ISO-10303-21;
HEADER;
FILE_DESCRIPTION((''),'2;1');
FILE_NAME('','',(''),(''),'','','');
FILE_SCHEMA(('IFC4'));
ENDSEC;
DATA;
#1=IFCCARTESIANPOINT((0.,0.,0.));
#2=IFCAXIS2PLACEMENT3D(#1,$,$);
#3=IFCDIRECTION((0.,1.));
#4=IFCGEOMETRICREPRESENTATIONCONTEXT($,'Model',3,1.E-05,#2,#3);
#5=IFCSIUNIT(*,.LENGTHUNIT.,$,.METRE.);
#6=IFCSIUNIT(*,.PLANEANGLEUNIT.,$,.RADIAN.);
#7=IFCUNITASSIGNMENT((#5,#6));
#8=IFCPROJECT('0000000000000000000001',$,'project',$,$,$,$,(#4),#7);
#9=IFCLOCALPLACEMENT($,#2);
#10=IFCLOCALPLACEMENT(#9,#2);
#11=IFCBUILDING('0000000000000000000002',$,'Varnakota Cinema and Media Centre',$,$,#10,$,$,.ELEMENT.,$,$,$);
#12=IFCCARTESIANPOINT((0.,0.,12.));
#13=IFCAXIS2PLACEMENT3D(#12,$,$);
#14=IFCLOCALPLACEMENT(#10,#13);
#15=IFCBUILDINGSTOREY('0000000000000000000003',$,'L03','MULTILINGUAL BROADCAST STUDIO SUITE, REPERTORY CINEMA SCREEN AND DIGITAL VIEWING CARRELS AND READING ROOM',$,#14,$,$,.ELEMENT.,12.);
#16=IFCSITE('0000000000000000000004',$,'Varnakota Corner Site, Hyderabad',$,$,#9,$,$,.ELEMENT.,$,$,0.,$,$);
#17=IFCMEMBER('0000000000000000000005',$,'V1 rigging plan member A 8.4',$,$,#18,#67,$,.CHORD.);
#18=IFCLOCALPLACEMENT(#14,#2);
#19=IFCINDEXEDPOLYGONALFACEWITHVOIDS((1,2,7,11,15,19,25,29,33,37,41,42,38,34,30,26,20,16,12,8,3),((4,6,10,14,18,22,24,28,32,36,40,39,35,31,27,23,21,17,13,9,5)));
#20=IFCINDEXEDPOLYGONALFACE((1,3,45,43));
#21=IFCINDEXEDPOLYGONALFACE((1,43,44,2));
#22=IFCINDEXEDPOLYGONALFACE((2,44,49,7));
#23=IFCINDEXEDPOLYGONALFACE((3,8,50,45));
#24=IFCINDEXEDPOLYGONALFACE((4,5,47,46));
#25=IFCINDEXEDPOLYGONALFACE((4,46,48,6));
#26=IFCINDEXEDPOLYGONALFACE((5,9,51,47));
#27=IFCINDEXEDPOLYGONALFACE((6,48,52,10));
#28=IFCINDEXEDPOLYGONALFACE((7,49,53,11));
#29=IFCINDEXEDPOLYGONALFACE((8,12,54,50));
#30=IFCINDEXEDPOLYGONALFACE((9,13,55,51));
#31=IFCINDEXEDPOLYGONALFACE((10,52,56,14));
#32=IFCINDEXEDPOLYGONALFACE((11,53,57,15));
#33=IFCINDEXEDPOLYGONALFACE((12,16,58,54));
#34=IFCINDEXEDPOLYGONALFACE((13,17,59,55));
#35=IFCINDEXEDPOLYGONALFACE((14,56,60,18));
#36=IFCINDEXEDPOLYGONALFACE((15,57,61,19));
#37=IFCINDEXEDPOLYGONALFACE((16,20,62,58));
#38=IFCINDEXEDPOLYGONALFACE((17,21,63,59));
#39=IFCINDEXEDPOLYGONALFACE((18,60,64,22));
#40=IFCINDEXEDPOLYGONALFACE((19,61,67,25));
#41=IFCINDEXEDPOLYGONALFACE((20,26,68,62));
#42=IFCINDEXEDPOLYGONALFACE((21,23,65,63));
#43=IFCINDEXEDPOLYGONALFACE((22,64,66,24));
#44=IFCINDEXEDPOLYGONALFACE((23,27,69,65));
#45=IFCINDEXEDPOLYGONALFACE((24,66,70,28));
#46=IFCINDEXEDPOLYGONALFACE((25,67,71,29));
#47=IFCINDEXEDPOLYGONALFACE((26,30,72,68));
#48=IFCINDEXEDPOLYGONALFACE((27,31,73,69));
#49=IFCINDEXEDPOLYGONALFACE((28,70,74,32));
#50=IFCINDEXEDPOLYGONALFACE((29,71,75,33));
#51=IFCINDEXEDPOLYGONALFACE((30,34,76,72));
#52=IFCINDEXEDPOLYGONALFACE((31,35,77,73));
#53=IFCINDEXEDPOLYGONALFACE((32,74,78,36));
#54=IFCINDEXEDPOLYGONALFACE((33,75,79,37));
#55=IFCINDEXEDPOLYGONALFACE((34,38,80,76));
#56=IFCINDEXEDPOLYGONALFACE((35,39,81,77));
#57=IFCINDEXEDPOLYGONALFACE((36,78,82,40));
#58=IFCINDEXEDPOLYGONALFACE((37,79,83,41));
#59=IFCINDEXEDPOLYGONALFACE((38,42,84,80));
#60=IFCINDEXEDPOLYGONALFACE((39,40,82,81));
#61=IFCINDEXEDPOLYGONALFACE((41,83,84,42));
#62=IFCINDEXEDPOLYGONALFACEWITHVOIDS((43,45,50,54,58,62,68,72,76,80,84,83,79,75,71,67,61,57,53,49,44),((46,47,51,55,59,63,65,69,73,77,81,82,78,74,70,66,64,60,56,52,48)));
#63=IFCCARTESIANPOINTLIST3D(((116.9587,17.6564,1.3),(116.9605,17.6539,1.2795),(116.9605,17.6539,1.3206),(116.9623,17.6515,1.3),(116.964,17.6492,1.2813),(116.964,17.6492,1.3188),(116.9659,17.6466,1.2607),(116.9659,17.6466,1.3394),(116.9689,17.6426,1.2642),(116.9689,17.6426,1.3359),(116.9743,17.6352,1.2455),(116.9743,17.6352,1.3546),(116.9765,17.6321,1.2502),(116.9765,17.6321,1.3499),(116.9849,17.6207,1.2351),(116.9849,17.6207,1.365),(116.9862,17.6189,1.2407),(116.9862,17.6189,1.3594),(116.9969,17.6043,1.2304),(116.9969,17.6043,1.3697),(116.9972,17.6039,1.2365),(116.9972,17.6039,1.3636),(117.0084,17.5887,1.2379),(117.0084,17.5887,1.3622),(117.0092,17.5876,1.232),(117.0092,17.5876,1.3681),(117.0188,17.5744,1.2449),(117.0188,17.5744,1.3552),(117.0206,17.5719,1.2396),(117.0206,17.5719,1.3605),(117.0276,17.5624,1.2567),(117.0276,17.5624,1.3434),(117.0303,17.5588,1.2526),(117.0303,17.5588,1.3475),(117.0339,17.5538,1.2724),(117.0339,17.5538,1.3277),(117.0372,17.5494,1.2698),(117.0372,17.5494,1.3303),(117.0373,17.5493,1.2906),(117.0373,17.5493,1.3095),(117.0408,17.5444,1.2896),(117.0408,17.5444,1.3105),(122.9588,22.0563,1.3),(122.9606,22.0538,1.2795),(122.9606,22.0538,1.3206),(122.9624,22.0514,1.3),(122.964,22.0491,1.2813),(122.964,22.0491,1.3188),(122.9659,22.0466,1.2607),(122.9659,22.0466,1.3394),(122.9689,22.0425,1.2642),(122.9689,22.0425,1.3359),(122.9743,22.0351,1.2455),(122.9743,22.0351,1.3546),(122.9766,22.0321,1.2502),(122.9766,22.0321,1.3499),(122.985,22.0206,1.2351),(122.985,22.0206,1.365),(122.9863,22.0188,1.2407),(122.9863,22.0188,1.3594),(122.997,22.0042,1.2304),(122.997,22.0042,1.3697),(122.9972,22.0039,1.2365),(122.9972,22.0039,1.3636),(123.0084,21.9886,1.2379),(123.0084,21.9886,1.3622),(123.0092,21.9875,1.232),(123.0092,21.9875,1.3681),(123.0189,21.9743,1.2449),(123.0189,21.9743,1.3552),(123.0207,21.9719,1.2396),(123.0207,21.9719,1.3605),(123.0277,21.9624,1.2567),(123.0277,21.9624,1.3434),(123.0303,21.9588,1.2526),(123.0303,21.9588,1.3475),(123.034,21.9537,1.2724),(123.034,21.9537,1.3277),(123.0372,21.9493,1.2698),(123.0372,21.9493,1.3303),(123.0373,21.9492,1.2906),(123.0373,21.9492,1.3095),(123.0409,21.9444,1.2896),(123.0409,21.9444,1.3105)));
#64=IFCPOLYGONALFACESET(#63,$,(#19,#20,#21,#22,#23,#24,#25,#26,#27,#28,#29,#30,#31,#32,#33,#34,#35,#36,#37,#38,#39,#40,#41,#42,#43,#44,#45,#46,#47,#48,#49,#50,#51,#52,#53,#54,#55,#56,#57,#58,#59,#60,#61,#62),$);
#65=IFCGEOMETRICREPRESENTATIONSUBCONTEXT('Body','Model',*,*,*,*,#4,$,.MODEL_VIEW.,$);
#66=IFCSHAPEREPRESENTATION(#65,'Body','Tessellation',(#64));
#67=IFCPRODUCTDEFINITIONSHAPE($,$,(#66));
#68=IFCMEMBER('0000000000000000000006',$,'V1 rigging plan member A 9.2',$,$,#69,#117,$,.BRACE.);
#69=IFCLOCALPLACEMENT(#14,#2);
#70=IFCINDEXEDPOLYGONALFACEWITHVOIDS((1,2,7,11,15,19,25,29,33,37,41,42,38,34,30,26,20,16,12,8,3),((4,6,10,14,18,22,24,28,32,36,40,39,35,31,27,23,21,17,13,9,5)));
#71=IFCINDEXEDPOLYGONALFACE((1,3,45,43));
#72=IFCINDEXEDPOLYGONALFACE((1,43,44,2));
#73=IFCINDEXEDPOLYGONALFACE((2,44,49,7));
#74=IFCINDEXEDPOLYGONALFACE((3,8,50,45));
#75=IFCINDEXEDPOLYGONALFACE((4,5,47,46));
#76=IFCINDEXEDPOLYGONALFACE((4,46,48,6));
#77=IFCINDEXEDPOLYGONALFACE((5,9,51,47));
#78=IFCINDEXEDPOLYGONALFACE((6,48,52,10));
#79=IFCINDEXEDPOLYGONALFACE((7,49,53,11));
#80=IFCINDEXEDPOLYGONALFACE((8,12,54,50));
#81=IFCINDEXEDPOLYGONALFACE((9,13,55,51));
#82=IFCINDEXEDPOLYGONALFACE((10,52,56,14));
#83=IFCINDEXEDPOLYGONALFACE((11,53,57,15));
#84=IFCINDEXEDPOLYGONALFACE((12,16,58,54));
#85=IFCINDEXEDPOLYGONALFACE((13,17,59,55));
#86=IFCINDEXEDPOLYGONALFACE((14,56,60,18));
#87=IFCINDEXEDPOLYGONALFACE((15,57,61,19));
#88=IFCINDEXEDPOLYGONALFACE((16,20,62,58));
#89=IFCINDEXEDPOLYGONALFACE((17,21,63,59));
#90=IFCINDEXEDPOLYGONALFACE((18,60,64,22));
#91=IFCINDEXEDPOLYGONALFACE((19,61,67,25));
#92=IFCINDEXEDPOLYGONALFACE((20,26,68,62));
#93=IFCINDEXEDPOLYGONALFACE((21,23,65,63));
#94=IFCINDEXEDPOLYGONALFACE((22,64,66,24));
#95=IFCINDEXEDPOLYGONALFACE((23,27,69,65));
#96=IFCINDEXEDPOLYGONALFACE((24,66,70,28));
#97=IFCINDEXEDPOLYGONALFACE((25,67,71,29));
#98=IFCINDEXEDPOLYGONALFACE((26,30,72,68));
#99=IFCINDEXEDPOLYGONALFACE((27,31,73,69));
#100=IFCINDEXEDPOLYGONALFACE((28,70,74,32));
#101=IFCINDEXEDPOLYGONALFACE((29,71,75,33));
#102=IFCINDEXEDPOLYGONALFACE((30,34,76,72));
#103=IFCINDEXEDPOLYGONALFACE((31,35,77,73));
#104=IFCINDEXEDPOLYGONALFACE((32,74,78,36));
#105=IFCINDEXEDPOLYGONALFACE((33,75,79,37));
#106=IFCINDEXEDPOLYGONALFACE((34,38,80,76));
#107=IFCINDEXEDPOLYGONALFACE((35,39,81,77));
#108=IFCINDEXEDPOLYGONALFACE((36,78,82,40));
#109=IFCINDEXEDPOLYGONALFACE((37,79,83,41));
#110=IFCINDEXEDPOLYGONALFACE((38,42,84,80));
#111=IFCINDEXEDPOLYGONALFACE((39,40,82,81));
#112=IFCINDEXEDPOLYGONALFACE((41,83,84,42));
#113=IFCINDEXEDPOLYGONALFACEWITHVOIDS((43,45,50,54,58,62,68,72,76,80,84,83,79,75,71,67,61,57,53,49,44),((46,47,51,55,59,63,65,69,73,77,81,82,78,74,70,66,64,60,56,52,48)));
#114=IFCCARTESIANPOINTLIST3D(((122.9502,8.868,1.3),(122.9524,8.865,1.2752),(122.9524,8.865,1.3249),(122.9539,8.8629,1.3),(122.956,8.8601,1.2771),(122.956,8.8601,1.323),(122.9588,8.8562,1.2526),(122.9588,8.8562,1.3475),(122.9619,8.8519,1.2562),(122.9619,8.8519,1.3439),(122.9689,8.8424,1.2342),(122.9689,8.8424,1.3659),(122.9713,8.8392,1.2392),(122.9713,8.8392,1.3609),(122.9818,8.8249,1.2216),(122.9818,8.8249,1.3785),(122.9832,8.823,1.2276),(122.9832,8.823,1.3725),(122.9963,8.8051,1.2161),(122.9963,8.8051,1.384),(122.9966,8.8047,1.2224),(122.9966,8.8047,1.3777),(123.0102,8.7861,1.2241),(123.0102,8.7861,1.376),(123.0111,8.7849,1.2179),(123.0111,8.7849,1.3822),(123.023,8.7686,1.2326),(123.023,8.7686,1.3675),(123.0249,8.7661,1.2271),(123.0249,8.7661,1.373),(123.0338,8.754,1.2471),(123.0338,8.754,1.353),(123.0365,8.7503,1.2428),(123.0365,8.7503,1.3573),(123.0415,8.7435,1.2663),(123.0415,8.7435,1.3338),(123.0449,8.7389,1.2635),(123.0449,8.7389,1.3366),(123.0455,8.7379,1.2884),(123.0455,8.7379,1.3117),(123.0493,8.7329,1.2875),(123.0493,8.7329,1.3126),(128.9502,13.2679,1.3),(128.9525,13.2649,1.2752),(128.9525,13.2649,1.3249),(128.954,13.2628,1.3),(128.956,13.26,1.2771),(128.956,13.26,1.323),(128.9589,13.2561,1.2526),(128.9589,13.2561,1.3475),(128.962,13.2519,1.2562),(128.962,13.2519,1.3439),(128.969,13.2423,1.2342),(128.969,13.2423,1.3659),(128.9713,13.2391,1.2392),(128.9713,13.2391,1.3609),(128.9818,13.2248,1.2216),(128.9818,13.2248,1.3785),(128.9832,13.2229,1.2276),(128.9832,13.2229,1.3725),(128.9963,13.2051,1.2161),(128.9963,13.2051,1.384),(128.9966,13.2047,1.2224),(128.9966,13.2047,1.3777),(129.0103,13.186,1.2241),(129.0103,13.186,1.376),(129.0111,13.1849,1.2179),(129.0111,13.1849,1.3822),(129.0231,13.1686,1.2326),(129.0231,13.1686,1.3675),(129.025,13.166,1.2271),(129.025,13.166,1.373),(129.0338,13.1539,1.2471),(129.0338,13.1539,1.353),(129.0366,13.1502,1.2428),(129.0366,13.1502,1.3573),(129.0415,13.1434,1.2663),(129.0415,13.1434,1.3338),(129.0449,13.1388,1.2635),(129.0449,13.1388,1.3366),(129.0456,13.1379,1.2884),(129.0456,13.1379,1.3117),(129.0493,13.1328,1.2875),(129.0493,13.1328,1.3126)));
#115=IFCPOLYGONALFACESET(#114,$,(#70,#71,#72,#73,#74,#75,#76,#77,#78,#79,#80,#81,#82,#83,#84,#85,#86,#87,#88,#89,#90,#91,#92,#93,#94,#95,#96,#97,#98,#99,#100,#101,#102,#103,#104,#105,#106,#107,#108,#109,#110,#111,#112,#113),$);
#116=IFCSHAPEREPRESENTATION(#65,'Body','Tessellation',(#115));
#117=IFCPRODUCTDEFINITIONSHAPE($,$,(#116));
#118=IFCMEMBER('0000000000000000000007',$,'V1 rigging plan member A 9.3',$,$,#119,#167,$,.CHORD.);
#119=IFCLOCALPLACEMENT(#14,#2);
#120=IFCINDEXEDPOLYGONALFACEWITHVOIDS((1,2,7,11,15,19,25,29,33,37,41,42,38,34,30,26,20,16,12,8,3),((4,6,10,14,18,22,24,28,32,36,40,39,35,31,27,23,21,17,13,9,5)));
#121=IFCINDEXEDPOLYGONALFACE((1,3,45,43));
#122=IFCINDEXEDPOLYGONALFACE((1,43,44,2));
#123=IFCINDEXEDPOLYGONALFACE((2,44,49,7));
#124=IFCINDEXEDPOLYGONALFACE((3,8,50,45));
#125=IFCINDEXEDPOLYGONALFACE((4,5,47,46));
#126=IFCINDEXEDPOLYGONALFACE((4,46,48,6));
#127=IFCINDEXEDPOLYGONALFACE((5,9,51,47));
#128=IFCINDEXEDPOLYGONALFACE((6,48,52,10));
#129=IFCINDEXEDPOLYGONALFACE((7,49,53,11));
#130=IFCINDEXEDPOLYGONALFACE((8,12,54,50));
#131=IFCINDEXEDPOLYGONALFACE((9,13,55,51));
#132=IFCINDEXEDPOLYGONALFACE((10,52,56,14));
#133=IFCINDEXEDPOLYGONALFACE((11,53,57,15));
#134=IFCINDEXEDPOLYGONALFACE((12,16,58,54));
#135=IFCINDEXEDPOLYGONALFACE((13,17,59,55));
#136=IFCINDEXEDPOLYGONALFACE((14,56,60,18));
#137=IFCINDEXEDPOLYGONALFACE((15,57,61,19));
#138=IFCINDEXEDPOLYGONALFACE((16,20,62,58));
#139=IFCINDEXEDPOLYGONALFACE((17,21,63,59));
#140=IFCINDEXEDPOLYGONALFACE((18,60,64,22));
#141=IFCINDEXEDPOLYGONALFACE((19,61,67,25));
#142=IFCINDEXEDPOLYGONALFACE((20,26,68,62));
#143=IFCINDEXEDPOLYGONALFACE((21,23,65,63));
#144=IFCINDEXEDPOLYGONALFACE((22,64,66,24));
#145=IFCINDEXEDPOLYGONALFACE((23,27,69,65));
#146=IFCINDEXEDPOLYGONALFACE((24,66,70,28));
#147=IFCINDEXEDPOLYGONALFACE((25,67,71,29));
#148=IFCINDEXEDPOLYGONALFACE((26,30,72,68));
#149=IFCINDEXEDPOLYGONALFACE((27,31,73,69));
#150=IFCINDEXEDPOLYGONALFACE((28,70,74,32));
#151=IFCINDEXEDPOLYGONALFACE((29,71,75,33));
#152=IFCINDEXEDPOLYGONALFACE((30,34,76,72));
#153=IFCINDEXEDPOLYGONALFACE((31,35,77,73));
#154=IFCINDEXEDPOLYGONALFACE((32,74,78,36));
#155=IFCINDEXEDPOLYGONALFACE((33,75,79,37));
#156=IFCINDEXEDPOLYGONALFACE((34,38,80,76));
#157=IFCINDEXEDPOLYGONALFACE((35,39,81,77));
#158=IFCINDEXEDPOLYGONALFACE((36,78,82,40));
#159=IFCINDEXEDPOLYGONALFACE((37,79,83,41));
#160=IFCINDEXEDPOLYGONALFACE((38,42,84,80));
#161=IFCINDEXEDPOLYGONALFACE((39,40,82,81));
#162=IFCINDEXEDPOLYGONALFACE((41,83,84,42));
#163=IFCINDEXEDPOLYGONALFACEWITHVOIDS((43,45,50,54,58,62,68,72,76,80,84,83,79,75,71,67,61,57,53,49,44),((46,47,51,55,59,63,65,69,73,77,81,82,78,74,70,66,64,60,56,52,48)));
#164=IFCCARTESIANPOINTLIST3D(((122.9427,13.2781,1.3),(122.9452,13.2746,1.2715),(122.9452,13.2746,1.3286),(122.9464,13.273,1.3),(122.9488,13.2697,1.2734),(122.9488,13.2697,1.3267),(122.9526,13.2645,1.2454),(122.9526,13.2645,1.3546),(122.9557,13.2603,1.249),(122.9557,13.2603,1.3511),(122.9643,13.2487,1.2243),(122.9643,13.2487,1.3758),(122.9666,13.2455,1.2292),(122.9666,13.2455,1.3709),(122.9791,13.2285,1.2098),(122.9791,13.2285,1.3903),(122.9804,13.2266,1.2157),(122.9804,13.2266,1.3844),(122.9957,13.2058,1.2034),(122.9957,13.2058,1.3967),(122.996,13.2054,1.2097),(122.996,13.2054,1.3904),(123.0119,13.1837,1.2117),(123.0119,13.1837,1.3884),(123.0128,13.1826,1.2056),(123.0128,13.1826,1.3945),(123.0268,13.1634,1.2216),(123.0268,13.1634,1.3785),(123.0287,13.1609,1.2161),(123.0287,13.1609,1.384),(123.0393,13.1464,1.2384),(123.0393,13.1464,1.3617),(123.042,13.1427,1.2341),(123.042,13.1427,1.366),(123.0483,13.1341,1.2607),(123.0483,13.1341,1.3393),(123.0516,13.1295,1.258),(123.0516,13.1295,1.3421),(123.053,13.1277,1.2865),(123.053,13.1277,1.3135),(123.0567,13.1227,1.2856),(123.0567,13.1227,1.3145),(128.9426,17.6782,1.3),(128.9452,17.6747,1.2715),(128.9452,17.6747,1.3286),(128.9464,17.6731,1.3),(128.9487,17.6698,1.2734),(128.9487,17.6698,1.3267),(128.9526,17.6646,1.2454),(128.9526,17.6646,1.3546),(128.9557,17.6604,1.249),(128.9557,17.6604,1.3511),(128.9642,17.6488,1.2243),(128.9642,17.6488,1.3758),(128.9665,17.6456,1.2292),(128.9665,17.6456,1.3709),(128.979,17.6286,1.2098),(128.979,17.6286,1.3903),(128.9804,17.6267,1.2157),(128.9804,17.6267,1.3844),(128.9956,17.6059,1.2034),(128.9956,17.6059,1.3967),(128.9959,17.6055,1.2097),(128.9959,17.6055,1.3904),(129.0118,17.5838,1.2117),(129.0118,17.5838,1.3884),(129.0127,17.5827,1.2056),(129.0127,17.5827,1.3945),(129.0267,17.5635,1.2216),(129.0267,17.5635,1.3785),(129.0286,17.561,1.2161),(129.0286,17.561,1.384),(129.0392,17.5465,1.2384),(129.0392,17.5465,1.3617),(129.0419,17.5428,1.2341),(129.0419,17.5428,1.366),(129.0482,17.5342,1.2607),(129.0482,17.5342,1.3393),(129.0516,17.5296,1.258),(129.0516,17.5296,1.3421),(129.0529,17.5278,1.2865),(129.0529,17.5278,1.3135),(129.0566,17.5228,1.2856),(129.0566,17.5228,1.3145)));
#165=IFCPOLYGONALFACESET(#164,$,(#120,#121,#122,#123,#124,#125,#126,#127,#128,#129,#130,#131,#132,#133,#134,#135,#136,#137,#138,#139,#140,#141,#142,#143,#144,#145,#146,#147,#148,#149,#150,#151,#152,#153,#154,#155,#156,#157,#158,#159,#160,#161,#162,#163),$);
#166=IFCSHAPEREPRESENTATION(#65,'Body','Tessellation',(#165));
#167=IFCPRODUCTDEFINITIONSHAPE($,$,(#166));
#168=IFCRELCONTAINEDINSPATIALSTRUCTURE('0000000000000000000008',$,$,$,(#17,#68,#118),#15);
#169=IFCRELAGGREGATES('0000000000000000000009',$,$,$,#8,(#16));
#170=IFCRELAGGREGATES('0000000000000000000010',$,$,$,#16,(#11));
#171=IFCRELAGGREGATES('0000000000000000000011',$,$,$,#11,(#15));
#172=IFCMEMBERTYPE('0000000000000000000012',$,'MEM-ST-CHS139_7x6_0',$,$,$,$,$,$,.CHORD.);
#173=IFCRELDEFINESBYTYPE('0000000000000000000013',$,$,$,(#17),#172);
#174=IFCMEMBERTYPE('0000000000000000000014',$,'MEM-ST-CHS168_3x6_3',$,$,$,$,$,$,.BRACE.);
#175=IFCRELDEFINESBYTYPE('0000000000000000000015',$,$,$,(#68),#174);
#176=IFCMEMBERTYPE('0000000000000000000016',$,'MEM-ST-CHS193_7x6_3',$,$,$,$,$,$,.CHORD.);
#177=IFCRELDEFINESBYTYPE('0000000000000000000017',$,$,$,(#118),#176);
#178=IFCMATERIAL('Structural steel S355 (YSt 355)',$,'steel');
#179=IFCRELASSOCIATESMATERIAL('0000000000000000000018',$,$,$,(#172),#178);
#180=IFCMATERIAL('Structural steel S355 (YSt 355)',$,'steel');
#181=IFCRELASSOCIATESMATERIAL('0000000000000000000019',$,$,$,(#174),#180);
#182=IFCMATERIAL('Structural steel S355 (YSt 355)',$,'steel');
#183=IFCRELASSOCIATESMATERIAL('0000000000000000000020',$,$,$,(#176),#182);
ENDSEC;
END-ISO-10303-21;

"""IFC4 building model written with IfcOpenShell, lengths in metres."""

from ifc_helpers import new_model, si_unit, direction, frame, origin, origin_2d, place, context, subcontext, project, spatial, hollow_circle, extrude, material, material_profile, profile_set, type_object, element, save


model = new_model("IFC4")

# Units and contexts
model_context = context("Model", 3, precision=1e-05, world=origin(), true_north=direction((0.0, 1.0)))
body_context = subcontext(model_context, "Body", "Model", "MODEL_VIEW")
ifc_project = project(units=[si_unit("LENGTHUNIT", "METRE"), si_unit("PLANEANGLEUNIT", "RADIAN")], contexts=[model_context])

# Site, building, storey
site_placement = place(None, origin())
site = spatial("IfcSite", under=ifc_project, at=site_placement, Name="Varnakota Corner Site, Hyderabad", CompositionType="ELEMENT", RefElevation=0.0)
building_placement = place(site_placement, origin())
building = spatial("IfcBuilding", under=site, at=building_placement, Name="Varnakota Cinema and Media Centre", CompositionType="ELEMENT")
storey_placement = place(building_placement, frame((0.0, 0.0, 12.0)))
storey = spatial("IfcBuildingStorey", under=building, at=storey_placement, Name="L03", Description="MULTILINGUAL BROADCAST STUDIO SUITE, REPERTORY CINEMA SCREEN AND DIGITAL VIEWING CARRELS AND READING ROOM", CompositionType="ELEMENT", Elevation=12.0)

# Members
ifc_material_1 = material(Name="Structural steel S355 (YSt 355)", Category="steel")
ifc_material_profile_1 = material_profile(ifc_material_1, hollow_circle(Radius=0.0698, WallThickness=0.0061, at=origin_2d()), Name="CHS 139.7x6.0")
ifc_profile_set_1 = profile_set([ifc_material_profile_1], Name="Structural steel S355 (YSt 355)")
member_type_1 = type_object("IfcMemberType", Name="MEM-ST-CHS139_7x6_0", PredefinedType="CHORD", material=ifc_profile_set_1)
member_1_placement = place(storey_placement, frame((117.0, 17.6001, 1.3), z_axis=(0.806411, 0.591355, 0.0), x_axis=(-0.591355, 0.806411, 0.0)))
element("IfcMember", 1, at=member_1_placement, inside=storey, type_object=member_type_1, Name="V1 rigging plan member A 8.4", PredefinedType="CHORD", context=body_context, shape_type="SweptSolid", body=[
    extrude(hollow_circle(Radius=0.0698, WallThickness=0.0061, at=origin_2d()), origin(), (0.0, 0.0, 1.0), 7.4404),
])
ifc_material_2 = material(Name="Structural steel S355 (YSt 355)", Category="steel")
ifc_material_profile_2 = material_profile(ifc_material_2, hollow_circle(Radius=0.0842, WallThickness=0.0063, at=origin_2d()), Name="CHS 168.3x6.3")
ifc_profile_set_2 = profile_set([ifc_material_profile_2], Name="Structural steel S355 (YSt 355)")
member_type_2 = type_object("IfcMemberType", Name="MEM-ST-CHS168_3x6_3", PredefinedType="BRACE", material=ifc_profile_set_2)
member_2_placement = place(storey_placement, frame((123.0, 8.8, 1.3), z_axis=(0.806411, 0.591355, 0.0), x_axis=(-0.591355, 0.806411, 0.0)))
element("IfcMember", 2, at=member_2_placement, inside=storey, type_object=member_type_2, Name="V1 rigging plan member A 9.2", PredefinedType="BRACE", context=body_context, shape_type="SweptSolid", body=[
    extrude(hollow_circle(Radius=0.0842, WallThickness=0.0063, at=origin_2d()), origin(), (0.0, 0.0, 1.0), 7.4404),
])
ifc_material_3 = material(Name="Structural steel S355 (YSt 355)", Category="steel")
ifc_material_profile_3 = material_profile(ifc_material_3, hollow_circle(Radius=0.0969, WallThickness=0.0063, at=origin_2d()), Name="CHS 193.7x6.3")
ifc_profile_set_3 = profile_set([ifc_material_profile_3], Name="Structural steel S355 (YSt 355)")
member_type_3 = type_object("IfcMemberType", Name="MEM-ST-CHS193_7x6_3", PredefinedType="CHORD", material=ifc_profile_set_3)
member_3_placement = place(storey_placement, frame((123.0, 13.2, 1.3), z_axis=(0.806396, 0.591376, 0.0), x_axis=(-0.591376, 0.806396, 0.0)))
element("IfcMember", 3, at=member_3_placement, inside=storey, type_object=member_type_3, Name="V1 rigging plan member A 9.3", PredefinedType="CHORD", context=body_context, shape_type="SweptSolid", body=[
    extrude(hollow_circle(Radius=0.0969, WallThickness=0.0063, at=origin_2d()), origin(), (0.0, 0.0, 1.0), 7.4404),
])

save(model, "model.ifc")
